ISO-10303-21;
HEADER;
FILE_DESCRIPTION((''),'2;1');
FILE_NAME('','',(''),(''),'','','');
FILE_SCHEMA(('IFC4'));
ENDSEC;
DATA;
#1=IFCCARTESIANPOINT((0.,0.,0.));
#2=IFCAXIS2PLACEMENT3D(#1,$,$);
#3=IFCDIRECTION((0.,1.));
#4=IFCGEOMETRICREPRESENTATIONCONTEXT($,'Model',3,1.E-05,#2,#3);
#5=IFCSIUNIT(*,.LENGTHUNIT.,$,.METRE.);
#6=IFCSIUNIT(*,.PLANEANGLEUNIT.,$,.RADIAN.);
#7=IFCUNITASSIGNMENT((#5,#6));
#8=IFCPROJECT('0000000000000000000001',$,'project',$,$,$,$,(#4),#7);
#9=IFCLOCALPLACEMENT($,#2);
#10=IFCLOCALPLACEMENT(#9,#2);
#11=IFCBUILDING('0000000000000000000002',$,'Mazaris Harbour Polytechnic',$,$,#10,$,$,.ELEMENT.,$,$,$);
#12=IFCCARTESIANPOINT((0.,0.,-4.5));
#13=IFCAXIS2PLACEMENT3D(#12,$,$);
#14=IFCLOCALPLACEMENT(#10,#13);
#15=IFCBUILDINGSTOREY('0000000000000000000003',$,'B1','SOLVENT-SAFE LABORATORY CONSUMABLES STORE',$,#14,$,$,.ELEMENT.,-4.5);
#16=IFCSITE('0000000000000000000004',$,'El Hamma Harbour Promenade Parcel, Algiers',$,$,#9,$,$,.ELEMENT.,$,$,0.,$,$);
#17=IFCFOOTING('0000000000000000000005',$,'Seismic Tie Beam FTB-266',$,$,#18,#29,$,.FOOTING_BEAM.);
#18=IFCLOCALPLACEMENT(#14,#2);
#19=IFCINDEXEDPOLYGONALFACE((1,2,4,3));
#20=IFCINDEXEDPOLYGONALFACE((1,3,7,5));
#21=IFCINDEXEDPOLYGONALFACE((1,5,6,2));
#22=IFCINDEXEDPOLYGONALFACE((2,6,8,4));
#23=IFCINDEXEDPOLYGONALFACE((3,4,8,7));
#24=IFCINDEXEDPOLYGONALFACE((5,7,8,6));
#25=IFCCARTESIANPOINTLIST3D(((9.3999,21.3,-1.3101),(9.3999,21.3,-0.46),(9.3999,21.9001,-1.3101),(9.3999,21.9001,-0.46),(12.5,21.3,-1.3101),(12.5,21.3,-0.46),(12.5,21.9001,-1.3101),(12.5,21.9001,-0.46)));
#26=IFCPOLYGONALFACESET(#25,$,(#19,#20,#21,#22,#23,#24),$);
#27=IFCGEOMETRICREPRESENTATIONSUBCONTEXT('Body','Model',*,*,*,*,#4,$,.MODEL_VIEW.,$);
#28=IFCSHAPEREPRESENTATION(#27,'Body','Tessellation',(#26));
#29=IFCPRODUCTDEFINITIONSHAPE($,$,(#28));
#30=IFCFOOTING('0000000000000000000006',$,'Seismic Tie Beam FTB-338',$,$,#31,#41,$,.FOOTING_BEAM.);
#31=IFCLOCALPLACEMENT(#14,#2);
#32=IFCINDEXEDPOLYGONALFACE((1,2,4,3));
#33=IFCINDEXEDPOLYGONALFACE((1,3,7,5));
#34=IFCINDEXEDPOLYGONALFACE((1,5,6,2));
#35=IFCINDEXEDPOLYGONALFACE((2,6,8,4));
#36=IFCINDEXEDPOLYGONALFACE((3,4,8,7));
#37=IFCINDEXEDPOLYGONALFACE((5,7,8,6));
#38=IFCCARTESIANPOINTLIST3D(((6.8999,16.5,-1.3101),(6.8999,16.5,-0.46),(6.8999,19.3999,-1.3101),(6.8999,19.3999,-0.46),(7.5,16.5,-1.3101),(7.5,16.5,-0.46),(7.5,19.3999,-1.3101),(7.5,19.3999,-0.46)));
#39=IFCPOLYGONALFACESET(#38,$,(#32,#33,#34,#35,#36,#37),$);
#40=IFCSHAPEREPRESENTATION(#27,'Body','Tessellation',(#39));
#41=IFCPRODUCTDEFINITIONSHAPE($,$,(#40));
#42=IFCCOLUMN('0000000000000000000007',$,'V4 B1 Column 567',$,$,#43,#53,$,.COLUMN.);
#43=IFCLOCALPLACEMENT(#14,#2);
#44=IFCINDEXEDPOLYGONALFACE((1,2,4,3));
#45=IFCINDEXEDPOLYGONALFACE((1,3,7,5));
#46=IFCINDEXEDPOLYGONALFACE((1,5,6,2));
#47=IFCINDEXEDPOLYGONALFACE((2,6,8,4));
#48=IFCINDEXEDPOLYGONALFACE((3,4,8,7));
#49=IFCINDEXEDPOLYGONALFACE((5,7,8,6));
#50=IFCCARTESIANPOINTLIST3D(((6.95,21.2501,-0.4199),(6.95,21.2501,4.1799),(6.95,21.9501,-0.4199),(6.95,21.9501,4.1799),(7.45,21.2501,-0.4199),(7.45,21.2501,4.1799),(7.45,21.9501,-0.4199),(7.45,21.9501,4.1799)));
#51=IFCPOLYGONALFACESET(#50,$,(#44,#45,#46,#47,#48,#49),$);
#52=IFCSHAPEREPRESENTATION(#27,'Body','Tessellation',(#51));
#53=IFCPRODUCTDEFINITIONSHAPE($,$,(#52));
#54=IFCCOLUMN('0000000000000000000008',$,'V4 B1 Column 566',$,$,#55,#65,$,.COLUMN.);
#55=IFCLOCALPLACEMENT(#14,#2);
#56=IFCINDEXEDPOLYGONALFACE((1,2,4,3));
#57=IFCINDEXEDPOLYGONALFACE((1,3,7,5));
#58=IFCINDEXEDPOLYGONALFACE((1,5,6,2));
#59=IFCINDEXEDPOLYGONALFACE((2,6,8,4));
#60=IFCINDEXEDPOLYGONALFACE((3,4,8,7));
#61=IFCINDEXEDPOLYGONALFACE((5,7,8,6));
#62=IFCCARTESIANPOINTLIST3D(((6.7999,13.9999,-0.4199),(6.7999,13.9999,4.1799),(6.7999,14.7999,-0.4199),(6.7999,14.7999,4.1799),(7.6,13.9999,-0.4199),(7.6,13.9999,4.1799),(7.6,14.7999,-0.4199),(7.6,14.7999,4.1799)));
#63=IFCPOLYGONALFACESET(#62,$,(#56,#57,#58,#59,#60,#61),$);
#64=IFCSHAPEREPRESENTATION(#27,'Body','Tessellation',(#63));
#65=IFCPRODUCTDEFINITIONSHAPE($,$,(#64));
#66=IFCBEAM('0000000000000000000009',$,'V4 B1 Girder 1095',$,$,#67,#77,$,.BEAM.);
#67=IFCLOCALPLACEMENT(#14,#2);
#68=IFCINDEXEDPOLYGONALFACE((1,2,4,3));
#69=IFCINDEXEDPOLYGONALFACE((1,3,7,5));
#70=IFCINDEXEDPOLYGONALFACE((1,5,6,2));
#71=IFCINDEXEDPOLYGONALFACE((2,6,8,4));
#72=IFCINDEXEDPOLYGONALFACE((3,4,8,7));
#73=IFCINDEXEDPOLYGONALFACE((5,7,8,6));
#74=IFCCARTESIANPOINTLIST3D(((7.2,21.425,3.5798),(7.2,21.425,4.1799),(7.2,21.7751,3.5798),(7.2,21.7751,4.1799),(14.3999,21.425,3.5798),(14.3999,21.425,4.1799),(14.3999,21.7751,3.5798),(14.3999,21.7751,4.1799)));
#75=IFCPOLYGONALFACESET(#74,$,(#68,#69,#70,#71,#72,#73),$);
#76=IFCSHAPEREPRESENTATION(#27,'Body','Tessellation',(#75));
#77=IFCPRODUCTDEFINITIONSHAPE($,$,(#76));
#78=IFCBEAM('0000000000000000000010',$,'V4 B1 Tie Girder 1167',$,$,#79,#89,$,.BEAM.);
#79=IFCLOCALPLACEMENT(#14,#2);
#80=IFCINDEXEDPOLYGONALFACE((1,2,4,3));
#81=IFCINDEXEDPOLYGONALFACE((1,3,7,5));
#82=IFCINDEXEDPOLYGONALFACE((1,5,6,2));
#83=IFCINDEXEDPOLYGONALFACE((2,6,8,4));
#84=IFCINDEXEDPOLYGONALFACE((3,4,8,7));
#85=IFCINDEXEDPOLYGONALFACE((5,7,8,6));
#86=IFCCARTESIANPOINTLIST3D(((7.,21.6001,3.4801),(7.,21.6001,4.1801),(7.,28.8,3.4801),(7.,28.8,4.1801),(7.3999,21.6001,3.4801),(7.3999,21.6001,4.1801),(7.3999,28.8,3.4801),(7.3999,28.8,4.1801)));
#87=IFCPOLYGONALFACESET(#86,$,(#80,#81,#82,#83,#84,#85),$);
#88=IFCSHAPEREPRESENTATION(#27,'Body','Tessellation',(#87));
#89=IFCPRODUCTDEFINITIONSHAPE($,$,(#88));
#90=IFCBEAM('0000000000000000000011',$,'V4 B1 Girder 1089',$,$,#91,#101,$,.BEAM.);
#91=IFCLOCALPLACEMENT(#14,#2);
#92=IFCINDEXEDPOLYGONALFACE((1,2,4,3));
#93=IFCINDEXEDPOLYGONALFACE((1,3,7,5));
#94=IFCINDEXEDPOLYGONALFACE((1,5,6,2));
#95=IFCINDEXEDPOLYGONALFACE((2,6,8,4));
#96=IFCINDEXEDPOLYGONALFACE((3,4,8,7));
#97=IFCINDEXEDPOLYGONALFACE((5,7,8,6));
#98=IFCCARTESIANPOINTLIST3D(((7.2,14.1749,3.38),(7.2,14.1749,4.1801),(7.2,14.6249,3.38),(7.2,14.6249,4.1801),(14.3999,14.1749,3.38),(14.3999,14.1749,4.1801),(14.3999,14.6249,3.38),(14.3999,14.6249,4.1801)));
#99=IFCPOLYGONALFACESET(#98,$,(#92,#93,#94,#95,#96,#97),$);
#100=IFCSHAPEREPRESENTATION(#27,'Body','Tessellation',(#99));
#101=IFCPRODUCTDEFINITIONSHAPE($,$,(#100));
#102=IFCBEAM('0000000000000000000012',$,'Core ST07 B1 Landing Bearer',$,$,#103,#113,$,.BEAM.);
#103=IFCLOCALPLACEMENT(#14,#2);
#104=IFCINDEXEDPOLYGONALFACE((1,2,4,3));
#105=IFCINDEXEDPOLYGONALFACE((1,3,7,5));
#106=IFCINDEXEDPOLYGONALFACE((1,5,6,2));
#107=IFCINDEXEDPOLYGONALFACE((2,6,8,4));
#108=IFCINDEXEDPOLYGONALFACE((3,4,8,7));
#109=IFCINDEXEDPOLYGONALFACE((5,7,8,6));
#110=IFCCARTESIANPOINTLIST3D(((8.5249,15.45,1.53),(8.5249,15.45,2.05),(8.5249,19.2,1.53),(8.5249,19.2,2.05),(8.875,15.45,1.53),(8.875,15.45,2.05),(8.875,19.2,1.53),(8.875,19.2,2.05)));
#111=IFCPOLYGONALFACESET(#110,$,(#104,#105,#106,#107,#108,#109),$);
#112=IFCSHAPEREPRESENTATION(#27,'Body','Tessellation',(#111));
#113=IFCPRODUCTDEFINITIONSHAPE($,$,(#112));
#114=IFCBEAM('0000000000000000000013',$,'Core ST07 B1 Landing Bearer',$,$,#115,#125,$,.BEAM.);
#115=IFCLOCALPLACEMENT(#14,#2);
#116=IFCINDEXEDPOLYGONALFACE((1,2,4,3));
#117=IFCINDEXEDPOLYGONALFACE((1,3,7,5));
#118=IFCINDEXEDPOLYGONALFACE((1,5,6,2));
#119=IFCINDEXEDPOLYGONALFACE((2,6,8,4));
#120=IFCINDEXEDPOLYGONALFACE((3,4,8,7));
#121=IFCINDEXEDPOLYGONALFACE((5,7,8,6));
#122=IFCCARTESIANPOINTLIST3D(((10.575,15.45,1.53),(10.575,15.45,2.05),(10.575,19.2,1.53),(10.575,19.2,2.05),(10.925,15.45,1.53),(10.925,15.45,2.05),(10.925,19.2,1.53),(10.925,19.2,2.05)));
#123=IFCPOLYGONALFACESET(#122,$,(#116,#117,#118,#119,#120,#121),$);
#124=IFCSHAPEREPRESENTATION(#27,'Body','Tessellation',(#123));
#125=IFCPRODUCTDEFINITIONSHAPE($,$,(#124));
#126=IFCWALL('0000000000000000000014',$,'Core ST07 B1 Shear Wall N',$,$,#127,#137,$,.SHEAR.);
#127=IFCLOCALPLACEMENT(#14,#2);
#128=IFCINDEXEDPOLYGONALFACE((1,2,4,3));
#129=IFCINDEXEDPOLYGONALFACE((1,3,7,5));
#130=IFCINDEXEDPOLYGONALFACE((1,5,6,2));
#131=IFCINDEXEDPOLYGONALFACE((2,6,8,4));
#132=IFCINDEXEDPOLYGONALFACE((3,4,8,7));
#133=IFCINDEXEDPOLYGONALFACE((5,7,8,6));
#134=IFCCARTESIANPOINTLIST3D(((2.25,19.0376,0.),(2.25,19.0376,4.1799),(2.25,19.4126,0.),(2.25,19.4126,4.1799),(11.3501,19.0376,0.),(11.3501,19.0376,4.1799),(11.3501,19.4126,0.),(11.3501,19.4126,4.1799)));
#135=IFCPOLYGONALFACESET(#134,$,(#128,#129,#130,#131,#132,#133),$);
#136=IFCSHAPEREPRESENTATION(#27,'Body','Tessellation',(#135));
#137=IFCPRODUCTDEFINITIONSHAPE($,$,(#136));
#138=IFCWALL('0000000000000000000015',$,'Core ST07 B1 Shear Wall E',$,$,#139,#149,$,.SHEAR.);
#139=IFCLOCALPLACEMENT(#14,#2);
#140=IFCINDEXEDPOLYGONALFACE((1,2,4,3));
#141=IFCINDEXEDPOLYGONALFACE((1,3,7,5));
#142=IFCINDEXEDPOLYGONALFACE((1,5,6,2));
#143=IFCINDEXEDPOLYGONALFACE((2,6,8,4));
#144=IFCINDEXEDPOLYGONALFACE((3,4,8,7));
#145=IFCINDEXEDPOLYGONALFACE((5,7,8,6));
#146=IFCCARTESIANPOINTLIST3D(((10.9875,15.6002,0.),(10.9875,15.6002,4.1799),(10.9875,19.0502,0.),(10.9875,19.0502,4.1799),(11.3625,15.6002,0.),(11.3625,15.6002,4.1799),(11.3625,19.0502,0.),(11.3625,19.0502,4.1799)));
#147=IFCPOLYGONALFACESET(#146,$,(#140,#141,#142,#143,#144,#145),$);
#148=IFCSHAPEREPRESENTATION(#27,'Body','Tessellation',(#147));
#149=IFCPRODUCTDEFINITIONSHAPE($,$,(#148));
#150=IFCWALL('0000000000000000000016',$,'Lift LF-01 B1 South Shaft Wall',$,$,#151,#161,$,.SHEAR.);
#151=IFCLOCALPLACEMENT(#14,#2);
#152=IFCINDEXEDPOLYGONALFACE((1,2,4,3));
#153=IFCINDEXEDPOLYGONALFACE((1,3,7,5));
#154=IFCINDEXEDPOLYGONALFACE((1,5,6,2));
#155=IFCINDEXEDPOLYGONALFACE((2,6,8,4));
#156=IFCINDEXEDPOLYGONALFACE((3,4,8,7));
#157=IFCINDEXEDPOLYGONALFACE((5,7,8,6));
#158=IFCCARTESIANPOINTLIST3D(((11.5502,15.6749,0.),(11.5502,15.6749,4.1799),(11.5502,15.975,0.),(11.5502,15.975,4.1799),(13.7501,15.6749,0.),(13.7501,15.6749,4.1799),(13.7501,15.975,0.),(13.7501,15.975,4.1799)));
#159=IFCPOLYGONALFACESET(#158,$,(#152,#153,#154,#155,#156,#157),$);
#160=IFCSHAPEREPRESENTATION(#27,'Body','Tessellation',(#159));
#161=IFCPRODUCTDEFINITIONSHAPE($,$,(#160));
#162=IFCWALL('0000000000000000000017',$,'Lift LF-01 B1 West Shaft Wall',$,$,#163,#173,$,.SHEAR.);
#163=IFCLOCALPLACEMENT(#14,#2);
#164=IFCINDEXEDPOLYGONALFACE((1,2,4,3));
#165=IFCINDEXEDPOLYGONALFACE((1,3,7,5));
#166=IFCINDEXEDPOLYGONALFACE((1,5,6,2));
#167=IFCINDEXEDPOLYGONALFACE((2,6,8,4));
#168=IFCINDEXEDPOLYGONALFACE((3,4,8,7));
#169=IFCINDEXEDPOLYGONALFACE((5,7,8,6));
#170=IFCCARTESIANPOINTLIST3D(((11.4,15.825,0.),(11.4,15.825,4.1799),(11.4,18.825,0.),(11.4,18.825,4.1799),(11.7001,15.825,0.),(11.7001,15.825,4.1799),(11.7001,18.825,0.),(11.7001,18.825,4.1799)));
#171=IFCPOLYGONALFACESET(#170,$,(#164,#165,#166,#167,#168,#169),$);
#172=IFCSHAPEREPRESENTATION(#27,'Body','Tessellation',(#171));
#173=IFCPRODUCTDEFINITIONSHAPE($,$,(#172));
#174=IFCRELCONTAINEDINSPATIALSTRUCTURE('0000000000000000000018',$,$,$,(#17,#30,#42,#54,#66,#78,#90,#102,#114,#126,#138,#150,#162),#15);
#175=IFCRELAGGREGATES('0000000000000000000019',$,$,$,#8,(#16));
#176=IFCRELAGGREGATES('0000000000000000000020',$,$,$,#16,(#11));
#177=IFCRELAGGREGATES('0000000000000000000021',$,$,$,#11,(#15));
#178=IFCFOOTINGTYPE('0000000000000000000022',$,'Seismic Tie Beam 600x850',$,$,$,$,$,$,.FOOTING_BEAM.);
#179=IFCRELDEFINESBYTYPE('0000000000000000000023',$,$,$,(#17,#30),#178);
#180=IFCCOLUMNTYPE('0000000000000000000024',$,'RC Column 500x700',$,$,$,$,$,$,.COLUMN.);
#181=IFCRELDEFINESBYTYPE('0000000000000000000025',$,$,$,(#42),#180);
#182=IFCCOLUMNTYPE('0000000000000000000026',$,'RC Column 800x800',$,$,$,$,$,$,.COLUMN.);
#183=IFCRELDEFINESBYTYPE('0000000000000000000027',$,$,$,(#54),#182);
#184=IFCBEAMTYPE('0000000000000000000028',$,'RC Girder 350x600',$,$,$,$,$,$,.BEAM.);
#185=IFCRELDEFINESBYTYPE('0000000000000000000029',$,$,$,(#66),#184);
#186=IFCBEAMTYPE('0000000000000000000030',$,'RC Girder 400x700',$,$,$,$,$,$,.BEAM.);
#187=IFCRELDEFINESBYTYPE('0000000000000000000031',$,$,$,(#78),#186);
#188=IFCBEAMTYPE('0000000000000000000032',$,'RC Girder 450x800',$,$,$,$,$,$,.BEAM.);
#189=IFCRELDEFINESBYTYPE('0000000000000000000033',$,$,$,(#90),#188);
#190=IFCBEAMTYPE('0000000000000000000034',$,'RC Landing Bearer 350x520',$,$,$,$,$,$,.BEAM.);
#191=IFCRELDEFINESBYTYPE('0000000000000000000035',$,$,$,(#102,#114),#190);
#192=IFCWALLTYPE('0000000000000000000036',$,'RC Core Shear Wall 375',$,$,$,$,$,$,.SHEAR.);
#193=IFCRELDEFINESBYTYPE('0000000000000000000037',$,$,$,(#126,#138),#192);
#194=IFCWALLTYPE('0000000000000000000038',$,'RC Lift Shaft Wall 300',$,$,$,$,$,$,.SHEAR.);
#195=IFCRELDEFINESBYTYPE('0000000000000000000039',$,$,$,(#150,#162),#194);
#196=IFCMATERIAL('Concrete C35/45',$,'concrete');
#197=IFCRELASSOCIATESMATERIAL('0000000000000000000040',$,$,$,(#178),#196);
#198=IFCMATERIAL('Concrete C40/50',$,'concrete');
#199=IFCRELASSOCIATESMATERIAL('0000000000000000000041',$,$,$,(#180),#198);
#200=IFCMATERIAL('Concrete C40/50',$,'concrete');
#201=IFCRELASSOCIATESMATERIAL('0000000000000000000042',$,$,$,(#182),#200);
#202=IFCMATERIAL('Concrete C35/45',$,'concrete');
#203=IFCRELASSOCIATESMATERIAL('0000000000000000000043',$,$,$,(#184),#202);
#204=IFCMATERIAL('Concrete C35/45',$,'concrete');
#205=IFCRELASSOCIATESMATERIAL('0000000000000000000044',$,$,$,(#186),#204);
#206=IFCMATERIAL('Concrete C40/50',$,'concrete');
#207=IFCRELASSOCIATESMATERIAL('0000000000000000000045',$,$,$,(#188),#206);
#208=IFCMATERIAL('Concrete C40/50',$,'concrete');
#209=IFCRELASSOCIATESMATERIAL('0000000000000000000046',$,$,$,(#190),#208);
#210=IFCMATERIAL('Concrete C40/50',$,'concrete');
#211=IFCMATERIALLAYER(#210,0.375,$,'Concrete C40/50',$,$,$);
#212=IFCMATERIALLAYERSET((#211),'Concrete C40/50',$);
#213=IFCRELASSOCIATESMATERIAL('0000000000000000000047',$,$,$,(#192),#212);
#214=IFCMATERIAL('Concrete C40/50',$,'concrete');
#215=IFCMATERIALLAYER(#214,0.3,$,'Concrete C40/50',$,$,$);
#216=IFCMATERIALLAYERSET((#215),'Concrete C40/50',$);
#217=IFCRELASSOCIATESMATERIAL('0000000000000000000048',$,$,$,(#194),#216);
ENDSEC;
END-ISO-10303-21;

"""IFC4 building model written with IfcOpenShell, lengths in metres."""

from ifc_helpers import new_model, si_unit, direction, frame, frame_2d, origin, origin_2d, place, context, subcontext, project, spatial, rectangle, extrude, material, layer, layer_set, material_profile, profile_set, type_object, element, save


model = new_model("IFC4")

# Units and contexts
model_context = context("Model", 3, precision=1e-05, world=origin(), true_north=direction((0.0, 1.0)))
body_context = subcontext(model_context, "Body", "Model", "MODEL_VIEW")
ifc_project = project(units=[si_unit("LENGTHUNIT", "METRE"), si_unit("PLANEANGLEUNIT", "RADIAN")], contexts=[model_context])

# Site, building, storey
site_placement = place(None, origin())
site = spatial("IfcSite", under=ifc_project, at=site_placement, Name="El Hamma Harbour Promenade Parcel, Algiers", CompositionType="ELEMENT", RefElevation=0.0)
building_placement = place(site_placement, origin())
building = spatial("IfcBuilding", under=site, at=building_placement, Name="Mazaris Harbour Polytechnic", CompositionType="ELEMENT")
storey_placement = place(building_placement, frame((0.0, 0.0, -4.5)))
storey = spatial("IfcBuildingStorey", under=building, at=storey_placement, Name="B1", Description="SOLVENT-SAFE LABORATORY CONSUMABLES STORE", CompositionType="ELEMENT", Elevation=-4.5)

# Footings
ifc_material_1 = material(Name="Concrete C35/45", Category="concrete")
ifc_material_profile_1 = material_profile(ifc_material_1, rectangle(XDim=0.6001, YDim=0.8501, at=origin_2d()), Name="RECT600x850")
ifc_profile_set_1 = profile_set([ifc_material_profile_1], Name="Concrete C35/45")
footing_type_1 = type_object("IfcFootingType", Name="Seismic Tie Beam 600x850", PredefinedType="FOOTING_BEAM", material=ifc_profile_set_1)
footing_1_placement = place(storey_placement, frame((9.3999, 21.6001, -0.885), z_axis=(1.0, 0.0, 0.0), x_axis=(0.0, 1.0, 0.0)))
element("IfcFooting", 1, at=footing_1_placement, inside=storey, type_object=footing_type_1, Name="Seismic Tie Beam FTB-266", PredefinedType="FOOTING_BEAM", context=body_context, shape_type="SweptSolid", body=[
    extrude(rectangle(XDim=0.6001, YDim=0.8501, at=origin_2d()), origin(), (0.0, 0.0, 1.0), 3.1001),
])
footing_2_placement = place(storey_placement, frame((7.2, 16.5, -0.885), z_axis=(0.0, 1.0, 0.0), x_axis=(-1.0, 0.0, 0.0)))
element("IfcFooting", 2, at=footing_2_placement, inside=storey, type_object=footing_type_1, Name="Seismic Tie Beam FTB-338", PredefinedType="FOOTING_BEAM", context=body_context, shape_type="SweptSolid", body=[
    extrude(rectangle(XDim=0.6001, YDim=0.8501, at=origin_2d()), origin(), (0.0, 0.0, 1.0), 2.8999),
])

# Columns
ifc_material_2 = material(Name="Concrete C40/50", Category="concrete")
ifc_material_profile_2 = material_profile(ifc_material_2, rectangle(XDim=0.5, YDim=0.7, at=origin_2d()), Name="RECT500x700")
ifc_profile_set_2 = profile_set([ifc_material_profile_2], Name="Concrete C40/50")
column_type_1 = type_object("IfcColumnType", Name="RC Column 500x700", PredefinedType="COLUMN", material=ifc_profile_set_2)
column_1_placement = place(storey_placement, frame((7.2, 21.6001, -0.4199), z_axis=(0.0, 0.0, 1.0), x_axis=(1.0, 0.0, 0.0)))
element("IfcColumn", 3, at=column_1_placement, inside=storey, type_object=column_type_1, Name="V4 B1 Column 567", PredefinedType="COLUMN", context=body_context, shape_type="SweptSolid", body=[
    extrude(rectangle(XDim=0.5, YDim=0.7, at=origin_2d()), origin(), (0.0, 0.0, 1.0), 4.5999),
])
ifc_material_3 = material(Name="Concrete C40/50", Category="concrete")
ifc_material_profile_3 = material_profile(ifc_material_3, rectangle(XDim=0.8, YDim=0.8, at=origin_2d()), Name="RECT800x800")
ifc_profile_set_3 = profile_set([ifc_material_profile_3], Name="Concrete C40/50")
column_type_2 = type_object("IfcColumnType", Name="RC Column 800x800", PredefinedType="COLUMN", material=ifc_profile_set_3)
column_2_placement = place(storey_placement, frame((7.2, 14.3999, -0.4199), z_axis=(0.0, 0.0, 1.0), x_axis=(1.0, 0.0, 0.0)))
element("IfcColumn", 4, at=column_2_placement, inside=storey, type_object=column_type_2, Name="V4 B1 Column 566", PredefinedType="COLUMN", context=body_context, shape_type="SweptSolid", body=[
    extrude(rectangle(XDim=0.8, YDim=0.8, at=origin_2d()), origin(), (0.0, 0.0, 1.0), 4.5999),
])

# Beams
ifc_material_4 = material(Name="Concrete C35/45", Category="concrete")
ifc_material_profile_4 = material_profile(ifc_material_4, rectangle(XDim=0.3501, YDim=0.6001, at=origin_2d()), Name="RECT350x600")
ifc_profile_set_4 = profile_set([ifc_material_profile_4], Name="Concrete C35/45")
beam_type_1 = type_object("IfcBeamType", Name="RC Girder 350x600", PredefinedType="BEAM", material=ifc_profile_set_4)
beam_1_placement = place(storey_placement, frame((7.2, 21.6001, 3.8799), z_axis=(1.0, 0.0, 0.0), x_axis=(0.0, 1.0, 0.0)))
element("IfcBeam", 5, at=beam_1_placement, inside=storey, type_object=beam_type_1, Name="V4 B1 Girder 1095", PredefinedType="BEAM", context=body_context, shape_type="SweptSolid", body=[
    extrude(rectangle(XDim=0.3501, YDim=0.6001, at=origin_2d()), origin(), (0.0, 0.0, 1.0), 7.2),
])
ifc_material_5 = material(Name="Concrete C35/45", Category="concrete")
ifc_material_profile_5 = material_profile(ifc_material_5, rectangle(XDim=0.3999, YDim=0.7, at=origin_2d()), Name="RECT400x700")
ifc_profile_set_5 = profile_set([ifc_material_profile_5], Name="Concrete C35/45")
beam_type_2 = type_object("IfcBeamType", Name="RC Girder 400x700", PredefinedType="BEAM", material=ifc_profile_set_5)
beam_2_placement = place(storey_placement, frame((7.2, 21.6001, 3.8301), z_axis=(0.0, 1.0, 0.0), x_axis=(-1.0, 0.0, 0.0)))
element("IfcBeam", 6, at=beam_2_placement, inside=storey, type_object=beam_type_2, Name="V4 B1 Tie Girder 1167", PredefinedType="BEAM", context=body_context, shape_type="SweptSolid", body=[
    extrude(rectangle(XDim=0.3999, YDim=0.7, at=origin_2d()), origin(), (0.0, 0.0, 1.0), 7.2),
])
ifc_material_6 = material(Name="Concrete C40/50", Category="concrete")
ifc_material_profile_6 = material_profile(ifc_material_6, rectangle(XDim=0.45, YDim=0.8, at=origin_2d()), Name="RECT450x800")
ifc_profile_set_6 = profile_set([ifc_material_profile_6], Name="Concrete C40/50")
beam_type_3 = type_object("IfcBeamType", Name="RC Girder 450x800", PredefinedType="BEAM", material=ifc_profile_set_6)
beam_3_placement = place(storey_placement, frame((7.2, 14.3999, 3.78), z_axis=(1.0, 0.0, 0.0), x_axis=(0.0, 1.0, 0.0)))
element("IfcBeam", 7, at=beam_3_placement, inside=storey, type_object=beam_type_3, Name="V4 B1 Girder 1089", PredefinedType="BEAM", context=body_context, shape_type="SweptSolid", body=[
    extrude(rectangle(XDim=0.45, YDim=0.8, at=origin_2d()), origin(), (0.0, 0.0, 1.0), 7.2),
])
ifc_material_7 = material(Name="Concrete C40/50", Category="concrete")
ifc_material_profile_7 = material_profile(ifc_material_7, rectangle(XDim=0.3501, YDim=0.52, at=origin_2d()), Name="RECT350x520")
ifc_profile_set_7 = profile_set([ifc_material_profile_7], Name="Concrete C40/50")
beam_type_4 = type_object("IfcBeamType", Name="RC Landing Bearer 350x520", PredefinedType="BEAM", material=ifc_profile_set_7)
for number, where, z_axis, x_axis, name in (
    (8, (8.7, 15.45, 1.79), (0.0, 1.0, 0.0), (-1.0, 0.0, 0.0), "Core ST07 B1 Landing Bearer"),
    (9, (10.75, 15.45, 1.79), (0.0, 1.0, 0.0), (-1.0, 0.0, 0.0), "Core ST07 B1 Landing Bearer"),
):
    element("IfcBeam", number, at=place(storey_placement, frame(where, z_axis=z_axis, x_axis=x_axis)), inside=storey, type_object=beam_type_4, Name=name, PredefinedType="BEAM", context=body_context, shape_type="SweptSolid", body=[
        extrude(rectangle(XDim=0.3501, YDim=0.52, at=origin_2d()), origin(), (0.0, 0.0, 1.0), 3.75),
    ])

# Walls
ifc_material_8 = material(Name="Concrete C40/50", Category="concrete")
ifc_layer_1 = layer(ifc_material_8, 0.375, Name="Concrete C40/50")
ifc_layer_set_1 = layer_set([ifc_layer_1], Name="Concrete C40/50")
wall_type_1 = type_object("IfcWallType", Name="RC Core Shear Wall 375", PredefinedType="SHEAR", material=ifc_layer_set_1)
wall_1_placement = place(storey_placement, frame((11.3501, 19.2251, 0.0), z_axis=(0.0, 0.0, 1.0), x_axis=(-1.0, 0.0, 0.0)))
element("IfcWall", 10, at=wall_1_placement, inside=storey, type_object=wall_type_1, Name="Core ST07 B1 Shear Wall N", PredefinedType="SHEAR", context=body_context, shape_type="SweptSolid", body=[
    extrude(rectangle(XDim=9.1001, YDim=0.375, at=frame_2d((4.55, 0.0))), origin(), (0.0, 0.0, 1.0), 4.1799),
])
wall_2_placement = place(storey_placement, frame((11.175, 15.6001, 0.0), z_axis=(0.0, 0.0, 1.0), x_axis=(0.0, 1.0, 0.0)))
element("IfcWall", 11, at=wall_2_placement, inside=storey, type_object=wall_type_1, Name="Core ST07 B1 Shear Wall E", PredefinedType="SHEAR", context=body_context, shape_type="SweptSolid", body=[
    extrude(rectangle(XDim=3.45, YDim=0.375, at=frame_2d((1.7251, 0.0))), origin(), (0.0, 0.0, 1.0), 4.1799),
])
ifc_material_9 = material(Name="Concrete C40/50", Category="concrete")
ifc_layer_2 = layer(ifc_material_9, 0.3, Name="Concrete C40/50")
ifc_layer_set_2 = layer_set([ifc_layer_2], Name="Concrete C40/50")
wall_type_2 = type_object("IfcWallType", Name="RC Lift Shaft Wall 300", PredefinedType="SHEAR", material=ifc_layer_set_2)
wall_3_placement = place(storey_placement, frame((11.55, 15.825, 0.0), z_axis=(0.0, 0.0, 1.0), x_axis=(1.0, 0.0, 0.0)))
element("IfcWall", 12, at=wall_3_placement, inside=storey, type_object=wall_type_2, Name="Lift LF-01 B1 South Shaft Wall", PredefinedType="SHEAR", context=body_context, shape_type="SweptSolid", body=[
    extrude(rectangle(XDim=2.2, YDim=0.3, at=frame_2d((1.1001, 0.0))), origin(), (0.0, 0.0, 1.0), 4.1799),
])
for number, where, z_axis, x_axis, name in (
    (13, (11.55, 18.825, 0.0), (0.0, 0.0, 1.0), (0.0, -1.0, 0.0), "Lift LF-01 B1 West Shaft Wall"),
):
    element("IfcWall", number, at=place(storey_placement, frame(where, z_axis=z_axis, x_axis=x_axis)), inside=storey, type_object=wall_type_2, Name=name, PredefinedType="SHEAR", context=body_context, shape_type="SweptSolid", body=[
        extrude(rectangle(XDim=3.0, YDim=0.3, at=frame_2d((1.5, 0.0))), origin(), (0.0, 0.0, 1.0), 4.1799),
    ])

save(model, "model.ifc")
